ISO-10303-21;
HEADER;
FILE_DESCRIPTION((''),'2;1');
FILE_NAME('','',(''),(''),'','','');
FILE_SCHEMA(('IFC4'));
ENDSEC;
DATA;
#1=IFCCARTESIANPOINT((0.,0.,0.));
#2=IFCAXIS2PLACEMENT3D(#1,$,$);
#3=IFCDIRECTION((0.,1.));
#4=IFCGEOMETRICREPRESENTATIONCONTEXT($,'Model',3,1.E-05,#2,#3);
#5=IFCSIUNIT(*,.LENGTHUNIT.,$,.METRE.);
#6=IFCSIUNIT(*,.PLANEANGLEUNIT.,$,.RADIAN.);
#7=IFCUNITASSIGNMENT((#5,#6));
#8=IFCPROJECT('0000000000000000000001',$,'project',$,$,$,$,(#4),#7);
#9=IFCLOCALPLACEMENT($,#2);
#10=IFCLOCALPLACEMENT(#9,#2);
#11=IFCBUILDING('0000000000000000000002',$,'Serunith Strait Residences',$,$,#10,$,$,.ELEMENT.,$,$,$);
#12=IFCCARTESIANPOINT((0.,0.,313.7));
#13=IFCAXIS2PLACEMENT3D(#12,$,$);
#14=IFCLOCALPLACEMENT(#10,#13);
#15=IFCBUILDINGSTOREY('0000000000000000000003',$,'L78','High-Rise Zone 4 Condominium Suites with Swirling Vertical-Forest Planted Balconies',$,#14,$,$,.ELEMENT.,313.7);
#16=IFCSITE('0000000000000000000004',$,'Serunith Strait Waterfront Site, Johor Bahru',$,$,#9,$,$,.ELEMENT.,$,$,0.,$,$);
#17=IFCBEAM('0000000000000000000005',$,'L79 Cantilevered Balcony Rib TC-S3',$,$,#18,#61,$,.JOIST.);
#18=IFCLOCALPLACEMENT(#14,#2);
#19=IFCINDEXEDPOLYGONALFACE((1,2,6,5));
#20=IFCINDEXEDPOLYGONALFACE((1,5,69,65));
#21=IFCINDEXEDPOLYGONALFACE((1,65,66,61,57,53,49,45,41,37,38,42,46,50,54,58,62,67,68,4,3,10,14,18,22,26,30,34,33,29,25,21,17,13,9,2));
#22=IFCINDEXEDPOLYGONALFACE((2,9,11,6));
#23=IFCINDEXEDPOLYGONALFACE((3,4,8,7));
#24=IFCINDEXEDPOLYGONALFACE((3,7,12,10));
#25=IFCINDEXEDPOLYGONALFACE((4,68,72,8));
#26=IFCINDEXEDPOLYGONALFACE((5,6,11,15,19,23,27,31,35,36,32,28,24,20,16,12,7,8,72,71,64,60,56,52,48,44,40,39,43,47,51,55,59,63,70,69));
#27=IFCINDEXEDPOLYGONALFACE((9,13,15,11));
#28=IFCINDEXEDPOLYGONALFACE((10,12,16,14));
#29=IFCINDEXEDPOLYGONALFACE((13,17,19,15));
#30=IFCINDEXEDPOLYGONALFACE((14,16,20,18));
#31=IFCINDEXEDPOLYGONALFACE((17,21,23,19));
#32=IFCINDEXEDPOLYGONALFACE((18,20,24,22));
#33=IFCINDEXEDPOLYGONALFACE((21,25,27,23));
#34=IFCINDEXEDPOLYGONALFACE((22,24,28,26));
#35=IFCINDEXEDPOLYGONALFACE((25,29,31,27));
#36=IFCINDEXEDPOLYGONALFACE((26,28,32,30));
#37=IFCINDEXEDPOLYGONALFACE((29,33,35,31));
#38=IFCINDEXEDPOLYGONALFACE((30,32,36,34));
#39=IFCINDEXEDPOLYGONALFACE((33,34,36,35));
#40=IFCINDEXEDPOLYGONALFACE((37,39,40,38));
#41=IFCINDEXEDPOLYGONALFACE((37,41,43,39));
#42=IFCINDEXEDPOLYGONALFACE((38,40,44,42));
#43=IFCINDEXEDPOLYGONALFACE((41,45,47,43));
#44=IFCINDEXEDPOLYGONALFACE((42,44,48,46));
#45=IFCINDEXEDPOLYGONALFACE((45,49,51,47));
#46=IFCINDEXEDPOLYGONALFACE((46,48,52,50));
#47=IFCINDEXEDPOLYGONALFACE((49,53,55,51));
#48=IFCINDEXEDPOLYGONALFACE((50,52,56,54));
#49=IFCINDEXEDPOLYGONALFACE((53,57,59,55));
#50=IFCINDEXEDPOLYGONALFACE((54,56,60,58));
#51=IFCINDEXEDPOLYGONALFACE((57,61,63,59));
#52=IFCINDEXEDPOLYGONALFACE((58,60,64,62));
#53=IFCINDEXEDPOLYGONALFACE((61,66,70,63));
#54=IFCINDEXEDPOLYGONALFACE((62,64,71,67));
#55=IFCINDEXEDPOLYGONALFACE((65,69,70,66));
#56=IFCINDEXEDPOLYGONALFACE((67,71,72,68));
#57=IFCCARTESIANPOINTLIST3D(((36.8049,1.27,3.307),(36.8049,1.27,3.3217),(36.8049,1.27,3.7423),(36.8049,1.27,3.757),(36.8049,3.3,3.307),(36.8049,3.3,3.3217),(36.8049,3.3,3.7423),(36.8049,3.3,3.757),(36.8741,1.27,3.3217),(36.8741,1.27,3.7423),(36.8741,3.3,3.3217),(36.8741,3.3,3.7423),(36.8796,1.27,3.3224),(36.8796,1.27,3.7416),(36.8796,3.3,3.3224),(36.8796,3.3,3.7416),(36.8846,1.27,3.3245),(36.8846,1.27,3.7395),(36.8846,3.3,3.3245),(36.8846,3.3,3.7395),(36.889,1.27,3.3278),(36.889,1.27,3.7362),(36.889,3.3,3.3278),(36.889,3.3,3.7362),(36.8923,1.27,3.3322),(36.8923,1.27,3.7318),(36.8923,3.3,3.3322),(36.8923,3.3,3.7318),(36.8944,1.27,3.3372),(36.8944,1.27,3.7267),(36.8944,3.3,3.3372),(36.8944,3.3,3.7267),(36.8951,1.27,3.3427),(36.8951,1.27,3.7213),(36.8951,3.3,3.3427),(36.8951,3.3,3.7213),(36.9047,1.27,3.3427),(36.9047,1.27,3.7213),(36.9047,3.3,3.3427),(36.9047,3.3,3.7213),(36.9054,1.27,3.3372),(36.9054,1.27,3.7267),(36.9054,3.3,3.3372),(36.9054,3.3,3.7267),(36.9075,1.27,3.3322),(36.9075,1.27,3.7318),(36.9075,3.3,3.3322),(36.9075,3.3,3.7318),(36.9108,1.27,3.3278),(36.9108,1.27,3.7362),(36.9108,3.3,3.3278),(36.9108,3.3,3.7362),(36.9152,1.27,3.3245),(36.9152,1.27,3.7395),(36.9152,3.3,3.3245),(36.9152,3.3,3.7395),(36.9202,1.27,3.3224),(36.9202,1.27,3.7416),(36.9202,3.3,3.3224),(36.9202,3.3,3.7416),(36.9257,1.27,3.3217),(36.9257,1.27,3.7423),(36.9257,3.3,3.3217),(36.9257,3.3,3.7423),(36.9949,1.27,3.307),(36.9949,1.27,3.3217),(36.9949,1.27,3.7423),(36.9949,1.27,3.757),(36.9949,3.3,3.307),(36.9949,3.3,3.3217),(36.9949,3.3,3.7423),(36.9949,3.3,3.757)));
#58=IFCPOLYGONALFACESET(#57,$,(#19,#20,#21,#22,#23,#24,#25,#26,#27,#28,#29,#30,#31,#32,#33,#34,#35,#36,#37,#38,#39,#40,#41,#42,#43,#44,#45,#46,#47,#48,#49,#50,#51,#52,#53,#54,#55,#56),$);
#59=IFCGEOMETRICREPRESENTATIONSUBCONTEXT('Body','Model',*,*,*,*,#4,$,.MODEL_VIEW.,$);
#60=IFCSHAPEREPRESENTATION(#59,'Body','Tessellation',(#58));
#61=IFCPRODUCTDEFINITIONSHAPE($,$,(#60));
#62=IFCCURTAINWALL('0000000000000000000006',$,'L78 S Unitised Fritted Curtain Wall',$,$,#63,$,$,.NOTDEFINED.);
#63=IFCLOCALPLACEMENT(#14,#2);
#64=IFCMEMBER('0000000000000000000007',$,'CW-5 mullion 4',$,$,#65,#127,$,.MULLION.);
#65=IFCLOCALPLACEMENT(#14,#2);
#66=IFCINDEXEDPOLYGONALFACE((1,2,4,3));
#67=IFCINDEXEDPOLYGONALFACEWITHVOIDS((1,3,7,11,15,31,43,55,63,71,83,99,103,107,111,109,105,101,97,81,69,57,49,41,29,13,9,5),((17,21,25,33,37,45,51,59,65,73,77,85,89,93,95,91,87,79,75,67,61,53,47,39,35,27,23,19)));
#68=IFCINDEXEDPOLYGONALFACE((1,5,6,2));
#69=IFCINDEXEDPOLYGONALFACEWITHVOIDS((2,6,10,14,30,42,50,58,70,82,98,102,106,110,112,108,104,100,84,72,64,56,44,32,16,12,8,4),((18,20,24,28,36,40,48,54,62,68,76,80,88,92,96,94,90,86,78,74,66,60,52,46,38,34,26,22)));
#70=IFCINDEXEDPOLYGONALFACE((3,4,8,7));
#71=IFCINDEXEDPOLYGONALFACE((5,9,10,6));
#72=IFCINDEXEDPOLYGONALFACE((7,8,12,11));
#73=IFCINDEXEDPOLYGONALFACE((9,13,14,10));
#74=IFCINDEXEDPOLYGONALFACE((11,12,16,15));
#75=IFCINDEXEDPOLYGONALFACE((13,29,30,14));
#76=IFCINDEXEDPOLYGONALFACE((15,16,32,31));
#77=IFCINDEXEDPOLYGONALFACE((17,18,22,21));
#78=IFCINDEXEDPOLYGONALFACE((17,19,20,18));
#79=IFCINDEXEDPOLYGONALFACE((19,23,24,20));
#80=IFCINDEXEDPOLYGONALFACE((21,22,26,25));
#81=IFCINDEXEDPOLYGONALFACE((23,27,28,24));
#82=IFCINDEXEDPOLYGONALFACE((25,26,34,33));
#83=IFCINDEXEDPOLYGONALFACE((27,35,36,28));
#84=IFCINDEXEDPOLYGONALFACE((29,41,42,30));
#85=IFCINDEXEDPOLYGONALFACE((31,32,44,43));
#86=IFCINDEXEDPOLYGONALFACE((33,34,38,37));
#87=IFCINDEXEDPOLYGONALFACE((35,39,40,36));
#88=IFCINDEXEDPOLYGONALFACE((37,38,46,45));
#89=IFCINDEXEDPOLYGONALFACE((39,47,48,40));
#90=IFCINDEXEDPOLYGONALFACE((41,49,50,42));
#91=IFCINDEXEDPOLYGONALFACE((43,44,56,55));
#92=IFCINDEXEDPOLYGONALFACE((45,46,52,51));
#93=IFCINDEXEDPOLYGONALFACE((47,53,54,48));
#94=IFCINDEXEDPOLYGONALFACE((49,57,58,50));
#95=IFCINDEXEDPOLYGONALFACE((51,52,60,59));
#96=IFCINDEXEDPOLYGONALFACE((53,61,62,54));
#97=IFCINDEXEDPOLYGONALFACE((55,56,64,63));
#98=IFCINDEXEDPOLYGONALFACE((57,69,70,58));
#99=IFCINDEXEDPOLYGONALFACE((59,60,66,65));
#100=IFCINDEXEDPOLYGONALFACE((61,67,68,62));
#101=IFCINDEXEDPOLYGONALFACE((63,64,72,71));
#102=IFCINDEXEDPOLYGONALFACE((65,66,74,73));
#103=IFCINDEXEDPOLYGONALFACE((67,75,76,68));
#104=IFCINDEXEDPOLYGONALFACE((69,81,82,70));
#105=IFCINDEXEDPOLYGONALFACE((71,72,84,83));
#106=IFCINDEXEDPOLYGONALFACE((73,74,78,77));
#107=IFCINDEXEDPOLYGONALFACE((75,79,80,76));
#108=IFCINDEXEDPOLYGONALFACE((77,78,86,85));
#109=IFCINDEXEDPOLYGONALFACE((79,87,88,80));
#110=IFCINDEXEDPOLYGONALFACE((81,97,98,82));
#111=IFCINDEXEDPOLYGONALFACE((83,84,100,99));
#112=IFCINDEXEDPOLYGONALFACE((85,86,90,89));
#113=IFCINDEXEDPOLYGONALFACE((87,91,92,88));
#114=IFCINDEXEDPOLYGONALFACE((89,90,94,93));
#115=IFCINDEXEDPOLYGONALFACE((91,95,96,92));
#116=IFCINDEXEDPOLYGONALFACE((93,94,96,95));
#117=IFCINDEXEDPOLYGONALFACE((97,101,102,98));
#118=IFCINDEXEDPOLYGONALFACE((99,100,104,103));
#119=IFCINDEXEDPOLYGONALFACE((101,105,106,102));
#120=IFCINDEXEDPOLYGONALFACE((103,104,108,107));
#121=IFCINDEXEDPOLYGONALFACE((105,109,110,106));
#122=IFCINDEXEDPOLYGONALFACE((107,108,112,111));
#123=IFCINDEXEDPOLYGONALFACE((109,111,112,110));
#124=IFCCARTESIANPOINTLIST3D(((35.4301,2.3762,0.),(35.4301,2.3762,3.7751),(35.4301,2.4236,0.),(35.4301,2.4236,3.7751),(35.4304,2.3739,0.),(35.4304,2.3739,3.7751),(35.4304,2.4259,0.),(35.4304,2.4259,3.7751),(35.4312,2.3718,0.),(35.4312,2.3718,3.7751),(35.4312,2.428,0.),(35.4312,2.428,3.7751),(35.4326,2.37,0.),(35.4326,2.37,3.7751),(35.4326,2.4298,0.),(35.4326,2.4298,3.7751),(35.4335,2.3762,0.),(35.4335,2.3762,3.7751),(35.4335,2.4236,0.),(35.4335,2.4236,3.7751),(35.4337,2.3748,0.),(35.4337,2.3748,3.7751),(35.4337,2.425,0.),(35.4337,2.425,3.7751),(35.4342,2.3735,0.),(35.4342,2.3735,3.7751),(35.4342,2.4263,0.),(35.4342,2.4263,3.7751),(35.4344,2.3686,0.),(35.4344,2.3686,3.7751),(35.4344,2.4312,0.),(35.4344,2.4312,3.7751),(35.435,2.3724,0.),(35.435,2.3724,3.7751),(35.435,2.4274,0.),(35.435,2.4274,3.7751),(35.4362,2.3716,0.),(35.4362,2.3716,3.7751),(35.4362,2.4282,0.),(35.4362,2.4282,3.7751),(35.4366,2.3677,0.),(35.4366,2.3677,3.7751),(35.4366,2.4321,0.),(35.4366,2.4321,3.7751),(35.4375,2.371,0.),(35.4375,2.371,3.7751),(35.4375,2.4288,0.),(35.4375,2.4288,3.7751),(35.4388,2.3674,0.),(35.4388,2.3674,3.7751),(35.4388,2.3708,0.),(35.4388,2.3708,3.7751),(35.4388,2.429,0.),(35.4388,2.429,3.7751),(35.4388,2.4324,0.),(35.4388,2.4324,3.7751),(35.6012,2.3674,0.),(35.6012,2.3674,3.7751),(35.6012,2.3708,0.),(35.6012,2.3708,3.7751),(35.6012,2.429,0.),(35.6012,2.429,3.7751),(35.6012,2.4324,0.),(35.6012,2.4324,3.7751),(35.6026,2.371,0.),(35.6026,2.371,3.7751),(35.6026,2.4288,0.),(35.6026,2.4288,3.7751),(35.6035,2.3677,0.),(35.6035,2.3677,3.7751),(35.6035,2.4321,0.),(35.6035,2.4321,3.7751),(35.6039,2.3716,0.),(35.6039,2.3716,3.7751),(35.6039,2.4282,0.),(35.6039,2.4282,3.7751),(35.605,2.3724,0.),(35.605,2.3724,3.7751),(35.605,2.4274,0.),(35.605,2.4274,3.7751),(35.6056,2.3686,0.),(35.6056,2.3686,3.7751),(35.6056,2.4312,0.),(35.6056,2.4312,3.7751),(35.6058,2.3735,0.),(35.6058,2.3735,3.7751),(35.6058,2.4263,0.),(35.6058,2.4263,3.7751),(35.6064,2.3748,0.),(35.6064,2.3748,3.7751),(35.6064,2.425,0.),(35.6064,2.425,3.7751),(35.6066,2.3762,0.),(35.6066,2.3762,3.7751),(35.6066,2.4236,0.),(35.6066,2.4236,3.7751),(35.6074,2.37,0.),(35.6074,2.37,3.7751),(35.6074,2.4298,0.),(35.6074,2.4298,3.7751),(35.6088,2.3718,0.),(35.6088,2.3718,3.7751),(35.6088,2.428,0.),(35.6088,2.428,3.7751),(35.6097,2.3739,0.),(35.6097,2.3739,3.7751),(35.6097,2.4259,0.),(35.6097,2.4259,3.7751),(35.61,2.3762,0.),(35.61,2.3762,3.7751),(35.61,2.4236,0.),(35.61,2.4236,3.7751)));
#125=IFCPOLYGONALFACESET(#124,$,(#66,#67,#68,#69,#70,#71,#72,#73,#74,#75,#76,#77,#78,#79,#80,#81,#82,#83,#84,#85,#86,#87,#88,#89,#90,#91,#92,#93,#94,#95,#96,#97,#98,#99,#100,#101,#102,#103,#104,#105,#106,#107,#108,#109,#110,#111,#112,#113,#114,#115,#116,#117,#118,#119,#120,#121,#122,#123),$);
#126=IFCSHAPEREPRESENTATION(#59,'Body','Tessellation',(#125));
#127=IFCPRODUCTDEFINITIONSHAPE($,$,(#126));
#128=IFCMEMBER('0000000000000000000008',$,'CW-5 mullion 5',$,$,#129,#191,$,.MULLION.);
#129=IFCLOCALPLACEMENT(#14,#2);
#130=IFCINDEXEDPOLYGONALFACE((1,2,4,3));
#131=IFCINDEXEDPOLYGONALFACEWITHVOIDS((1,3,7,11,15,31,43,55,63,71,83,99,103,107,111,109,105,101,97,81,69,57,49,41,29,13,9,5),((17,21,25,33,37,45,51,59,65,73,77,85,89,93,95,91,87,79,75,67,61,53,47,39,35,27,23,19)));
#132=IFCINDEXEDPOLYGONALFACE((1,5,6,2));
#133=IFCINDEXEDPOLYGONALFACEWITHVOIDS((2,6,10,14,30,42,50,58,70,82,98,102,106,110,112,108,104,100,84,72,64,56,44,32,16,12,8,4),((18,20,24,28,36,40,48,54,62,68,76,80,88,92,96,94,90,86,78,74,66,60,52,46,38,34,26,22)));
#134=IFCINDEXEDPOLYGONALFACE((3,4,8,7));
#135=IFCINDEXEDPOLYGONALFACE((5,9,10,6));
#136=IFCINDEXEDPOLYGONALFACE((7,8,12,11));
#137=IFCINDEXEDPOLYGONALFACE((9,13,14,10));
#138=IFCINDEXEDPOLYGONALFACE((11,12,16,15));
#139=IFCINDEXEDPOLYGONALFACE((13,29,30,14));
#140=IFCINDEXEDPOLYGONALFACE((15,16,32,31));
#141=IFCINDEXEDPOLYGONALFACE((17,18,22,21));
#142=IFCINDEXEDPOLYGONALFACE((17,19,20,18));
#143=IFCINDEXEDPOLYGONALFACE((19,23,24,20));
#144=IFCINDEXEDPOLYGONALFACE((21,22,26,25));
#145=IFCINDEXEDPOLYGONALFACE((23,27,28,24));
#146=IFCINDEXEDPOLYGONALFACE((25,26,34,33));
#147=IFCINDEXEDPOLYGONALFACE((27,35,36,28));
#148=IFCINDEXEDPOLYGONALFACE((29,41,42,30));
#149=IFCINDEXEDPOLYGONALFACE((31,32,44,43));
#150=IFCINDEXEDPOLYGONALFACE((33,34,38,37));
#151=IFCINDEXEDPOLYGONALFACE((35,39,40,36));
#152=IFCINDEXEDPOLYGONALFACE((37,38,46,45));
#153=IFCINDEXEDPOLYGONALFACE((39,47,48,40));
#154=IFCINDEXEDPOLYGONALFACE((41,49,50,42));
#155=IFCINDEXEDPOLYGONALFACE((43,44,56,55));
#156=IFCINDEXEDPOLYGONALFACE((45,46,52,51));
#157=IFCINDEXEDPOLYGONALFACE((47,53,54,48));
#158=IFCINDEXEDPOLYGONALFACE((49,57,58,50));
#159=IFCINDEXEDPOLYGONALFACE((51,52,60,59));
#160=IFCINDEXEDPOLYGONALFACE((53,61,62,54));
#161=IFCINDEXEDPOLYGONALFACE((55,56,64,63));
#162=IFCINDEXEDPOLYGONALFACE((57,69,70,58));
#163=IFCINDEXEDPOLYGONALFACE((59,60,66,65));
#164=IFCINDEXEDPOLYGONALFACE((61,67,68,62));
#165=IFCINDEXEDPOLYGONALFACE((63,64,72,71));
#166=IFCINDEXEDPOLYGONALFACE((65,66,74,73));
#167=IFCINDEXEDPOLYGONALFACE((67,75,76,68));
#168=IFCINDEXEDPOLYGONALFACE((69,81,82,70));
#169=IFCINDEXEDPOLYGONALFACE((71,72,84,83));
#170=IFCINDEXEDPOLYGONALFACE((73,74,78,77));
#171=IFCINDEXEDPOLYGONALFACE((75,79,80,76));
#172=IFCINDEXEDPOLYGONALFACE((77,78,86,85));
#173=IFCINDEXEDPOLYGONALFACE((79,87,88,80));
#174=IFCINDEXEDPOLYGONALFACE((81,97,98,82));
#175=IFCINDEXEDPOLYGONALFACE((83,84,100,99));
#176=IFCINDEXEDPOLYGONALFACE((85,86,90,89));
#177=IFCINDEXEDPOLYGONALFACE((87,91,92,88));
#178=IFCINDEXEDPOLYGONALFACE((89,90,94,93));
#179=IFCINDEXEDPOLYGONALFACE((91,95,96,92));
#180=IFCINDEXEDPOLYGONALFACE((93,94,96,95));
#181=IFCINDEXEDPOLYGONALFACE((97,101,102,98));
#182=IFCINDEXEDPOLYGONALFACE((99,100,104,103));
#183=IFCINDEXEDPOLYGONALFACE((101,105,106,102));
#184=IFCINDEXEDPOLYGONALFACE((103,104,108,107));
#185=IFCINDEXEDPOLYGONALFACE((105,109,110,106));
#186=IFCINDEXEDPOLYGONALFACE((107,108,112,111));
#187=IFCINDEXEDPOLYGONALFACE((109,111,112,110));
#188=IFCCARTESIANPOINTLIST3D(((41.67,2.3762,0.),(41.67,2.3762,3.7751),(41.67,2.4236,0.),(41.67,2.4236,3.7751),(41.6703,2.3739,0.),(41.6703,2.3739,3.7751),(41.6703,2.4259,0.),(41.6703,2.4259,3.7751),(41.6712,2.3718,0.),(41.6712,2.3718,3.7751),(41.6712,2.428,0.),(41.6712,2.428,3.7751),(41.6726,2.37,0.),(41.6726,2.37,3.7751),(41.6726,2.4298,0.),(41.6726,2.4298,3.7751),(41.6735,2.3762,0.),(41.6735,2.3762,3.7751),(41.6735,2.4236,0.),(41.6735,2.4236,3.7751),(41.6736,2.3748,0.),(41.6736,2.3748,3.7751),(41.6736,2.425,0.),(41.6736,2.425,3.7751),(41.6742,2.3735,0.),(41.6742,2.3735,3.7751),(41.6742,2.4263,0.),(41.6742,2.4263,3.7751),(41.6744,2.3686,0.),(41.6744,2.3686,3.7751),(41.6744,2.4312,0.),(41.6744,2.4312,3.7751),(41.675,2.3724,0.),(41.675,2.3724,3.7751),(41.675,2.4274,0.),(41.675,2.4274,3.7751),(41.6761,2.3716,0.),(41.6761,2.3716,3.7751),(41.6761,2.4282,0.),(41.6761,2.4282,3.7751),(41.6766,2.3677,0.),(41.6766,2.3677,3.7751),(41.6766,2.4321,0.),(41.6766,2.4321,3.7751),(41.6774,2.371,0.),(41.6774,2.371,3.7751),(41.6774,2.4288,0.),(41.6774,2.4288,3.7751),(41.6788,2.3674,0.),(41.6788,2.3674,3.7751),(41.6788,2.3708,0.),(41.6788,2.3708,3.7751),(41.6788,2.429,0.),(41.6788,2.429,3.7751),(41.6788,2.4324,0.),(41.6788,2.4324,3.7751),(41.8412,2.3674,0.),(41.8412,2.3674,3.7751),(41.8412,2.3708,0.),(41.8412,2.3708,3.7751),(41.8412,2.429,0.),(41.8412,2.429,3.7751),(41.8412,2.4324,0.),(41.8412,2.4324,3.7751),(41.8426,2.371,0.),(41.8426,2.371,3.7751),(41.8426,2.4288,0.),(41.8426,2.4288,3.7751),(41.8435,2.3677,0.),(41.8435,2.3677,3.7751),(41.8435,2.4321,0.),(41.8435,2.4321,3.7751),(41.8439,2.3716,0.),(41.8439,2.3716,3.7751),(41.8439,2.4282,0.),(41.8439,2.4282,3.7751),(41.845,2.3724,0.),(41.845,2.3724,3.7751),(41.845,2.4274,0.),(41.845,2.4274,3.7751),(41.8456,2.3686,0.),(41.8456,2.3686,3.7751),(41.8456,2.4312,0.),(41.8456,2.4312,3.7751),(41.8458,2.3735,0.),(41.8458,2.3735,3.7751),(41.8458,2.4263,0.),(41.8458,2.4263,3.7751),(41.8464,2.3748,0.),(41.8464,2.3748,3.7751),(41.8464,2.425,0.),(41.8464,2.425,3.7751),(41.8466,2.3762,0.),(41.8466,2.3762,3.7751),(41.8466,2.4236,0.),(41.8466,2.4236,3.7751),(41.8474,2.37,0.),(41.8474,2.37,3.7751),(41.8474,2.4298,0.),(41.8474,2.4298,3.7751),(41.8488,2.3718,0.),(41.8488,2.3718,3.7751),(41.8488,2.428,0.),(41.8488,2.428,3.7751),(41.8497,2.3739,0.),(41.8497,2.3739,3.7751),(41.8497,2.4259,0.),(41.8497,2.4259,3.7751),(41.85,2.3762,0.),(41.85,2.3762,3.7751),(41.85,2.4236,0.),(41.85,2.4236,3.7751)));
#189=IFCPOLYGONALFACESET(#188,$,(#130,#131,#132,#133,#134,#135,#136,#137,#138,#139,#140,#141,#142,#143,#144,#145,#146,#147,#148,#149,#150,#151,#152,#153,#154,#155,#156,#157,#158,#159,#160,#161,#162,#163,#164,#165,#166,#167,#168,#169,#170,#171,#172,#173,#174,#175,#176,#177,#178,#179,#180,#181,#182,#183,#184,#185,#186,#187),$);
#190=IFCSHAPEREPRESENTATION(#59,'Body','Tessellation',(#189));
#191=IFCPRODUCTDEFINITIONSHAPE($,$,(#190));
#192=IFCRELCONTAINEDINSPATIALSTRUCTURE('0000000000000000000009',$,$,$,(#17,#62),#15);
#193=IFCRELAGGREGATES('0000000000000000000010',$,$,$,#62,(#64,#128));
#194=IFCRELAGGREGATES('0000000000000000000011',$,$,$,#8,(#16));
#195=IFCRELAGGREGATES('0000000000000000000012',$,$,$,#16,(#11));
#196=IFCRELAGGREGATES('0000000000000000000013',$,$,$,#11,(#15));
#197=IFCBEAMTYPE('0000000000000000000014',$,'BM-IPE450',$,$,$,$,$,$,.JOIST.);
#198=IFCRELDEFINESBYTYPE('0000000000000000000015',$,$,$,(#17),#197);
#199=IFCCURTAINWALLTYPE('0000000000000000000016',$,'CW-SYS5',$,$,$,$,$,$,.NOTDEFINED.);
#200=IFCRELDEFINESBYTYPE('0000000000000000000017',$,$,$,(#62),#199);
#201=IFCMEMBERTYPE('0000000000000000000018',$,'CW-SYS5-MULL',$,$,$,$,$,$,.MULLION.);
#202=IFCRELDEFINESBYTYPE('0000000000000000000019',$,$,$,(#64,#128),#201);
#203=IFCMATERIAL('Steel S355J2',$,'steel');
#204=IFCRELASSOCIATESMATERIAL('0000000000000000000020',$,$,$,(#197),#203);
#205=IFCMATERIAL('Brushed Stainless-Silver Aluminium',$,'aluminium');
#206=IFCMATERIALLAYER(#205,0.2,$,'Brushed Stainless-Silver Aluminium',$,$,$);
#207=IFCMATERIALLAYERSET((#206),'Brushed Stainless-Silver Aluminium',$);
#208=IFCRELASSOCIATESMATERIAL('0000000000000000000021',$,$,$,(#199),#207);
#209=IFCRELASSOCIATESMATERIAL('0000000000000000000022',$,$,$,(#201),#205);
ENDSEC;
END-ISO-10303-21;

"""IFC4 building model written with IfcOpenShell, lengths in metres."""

from ifc_helpers import new_model, si_unit, direction, frame, origin, origin_2d, place, context, subcontext, project, spatial, hollow_rectangle, i_section, extrude, source, transform, mapped, material, layer, layer_set, material_profile, profile_set, type_object, element, aggregate, save


model = new_model("IFC4")

# Units and contexts
model_context = context("Model", 3, precision=1e-05, world=origin(), true_north=direction((0.0, 1.0)))
body_context = subcontext(model_context, "Body", "Model", "MODEL_VIEW")
ifc_project = project(units=[si_unit("LENGTHUNIT", "METRE"), si_unit("PLANEANGLEUNIT", "RADIAN")], contexts=[model_context])

# Site, building, storey
site_placement = place(None, origin())
site = spatial("IfcSite", under=ifc_project, at=site_placement, Name="Serunith Strait Waterfront Site, Johor Bahru", CompositionType="ELEMENT", RefElevation=0.0)
building_placement = place(site_placement, origin())
building = spatial("IfcBuilding", under=site, at=building_placement, Name="Serunith Strait Residences", CompositionType="ELEMENT")
storey_placement = place(building_placement, frame((0.0, 0.0, 313.7)))
storey = spatial("IfcBuildingStorey", under=building, at=storey_placement, Name="L78", Description="High-Rise Zone 4 Condominium Suites with Swirling Vertical-Forest Planted Balconies", CompositionType="ELEMENT", Elevation=313.7)

# Beam
ifc_material_1 = material(Name="Steel S355J2", Category="steel")
ifc_material_profile_1 = material_profile(ifc_material_1, i_section(OverallWidth=0.1899, OverallDepth=0.45, WebThickness=0.0095, FlangeThickness=0.0146, FilletRadius=0.021, at=origin_2d()), Name="IPE 450")
ifc_profile_set_1 = profile_set([ifc_material_profile_1], Name="Steel S355J2")
beam_type_1 = type_object("IfcBeamType", Name="BM-IPE450", PredefinedType="JOIST", material=ifc_profile_set_1)
shared_shape_1 = source(origin(), body_context, "Body", "SweptSolid", [
    extrude(i_section(OverallWidth=0.1899, OverallDepth=0.45, WebThickness=0.0095, FlangeThickness=0.0146, FilletRadius=0.021, at=origin_2d()), origin(), (0.0, 0.0, 1.0), 2.03),
])
beam_1_placement = place(storey_placement, frame((36.8999, 3.3, 3.532), z_axis=(0.0, -1.0, 0.0), x_axis=(1.0, 0.0, 0.0)))
element("IfcBeam", 1, at=beam_1_placement, inside=storey, type_object=beam_type_1, Name="L79 Cantilevered Balcony Rib TC-S3", PredefinedType="JOIST", context=body_context, shape_type="MappedRepresentation", body=[
    mapped(shared_shape_1, transform((0.0, 0.0, 0.0), scale=1.0)),
])

# Curtain wall, members
ifc_material_2 = material(Name="Brushed Stainless-Silver Aluminium", Category="aluminium")
ifc_layer_1 = layer(ifc_material_2, 0.2, Name="Brushed Stainless-Silver Aluminium")
ifc_layer_set_1 = layer_set([ifc_layer_1], Name="Brushed Stainless-Silver Aluminium")
curtain_wall_type = type_object("IfcCurtainWallType", Name="CW-SYS5", PredefinedType="NOTDEFINED", material=ifc_layer_set_1)
curtain_wall_placement = place(storey_placement, origin())
curtain_wall = element("IfcCurtainWall", 2, at=curtain_wall_placement, inside=storey, type_object=curtain_wall_type, Name="L78 S Unitised Fritted Curtain Wall", PredefinedType="NOTDEFINED")
ifc_material_profile_2 = material_profile(ifc_material_2, hollow_rectangle(XDim=0.0649, YDim=0.1799, WallThickness=0.0034, InnerFilletRadius=0.0054, OuterFilletRadius=0.0088, at=origin_2d()), Name="ALU 180x65x3.5")
ifc_profile_set_2 = profile_set([ifc_material_profile_2], Name="Brushed Stainless-Silver Aluminium")
member_type_1 = type_object("IfcMemberType", Name="CW-SYS5-MULL", PredefinedType="MULLION", material=ifc_profile_set_2)
shared_shape_2 = source(origin(), body_context, "Body", "SweptSolid", [
    extrude(hollow_rectangle(XDim=0.0649, YDim=0.1799, WallThickness=0.0034, InnerFilletRadius=0.0054, OuterFilletRadius=0.0088, at=origin_2d()), origin(), (0.0, 0.0, 1.0), 3.7751),
])
member_1_placement = place(storey_placement, frame((35.52, 2.3999, 0.0), z_axis=(0.0, 0.0, 1.0), x_axis=(0.0, 1.0, 0.0)))
member_1 = element("IfcMember", 3, at=member_1_placement, type_object=member_type_1, Name="CW-5 mullion 4", PredefinedType="MULLION", context=body_context, shape_type="MappedRepresentation", body=[
    mapped(shared_shape_2, transform((0.0, 0.0, 0.0), scale=1.0)),
])
member_2_placement = place(storey_placement, frame((41.76, 2.3999, 0.0), z_axis=(0.0, 0.0, 1.0), x_axis=(0.0, 1.0, 0.0)))
member_2 = element("IfcMember", 4, at=member_2_placement, type_object=member_type_1, Name="CW-5 mullion 5", PredefinedType="MULLION", context=body_context, shape_type="MappedRepresentation", body=[
    mapped(shared_shape_2, transform((0.0, 0.0, 0.0), scale=1.0)),
])
aggregate(curtain_wall, [member_1, member_2])

save(model, "model.ifc")
